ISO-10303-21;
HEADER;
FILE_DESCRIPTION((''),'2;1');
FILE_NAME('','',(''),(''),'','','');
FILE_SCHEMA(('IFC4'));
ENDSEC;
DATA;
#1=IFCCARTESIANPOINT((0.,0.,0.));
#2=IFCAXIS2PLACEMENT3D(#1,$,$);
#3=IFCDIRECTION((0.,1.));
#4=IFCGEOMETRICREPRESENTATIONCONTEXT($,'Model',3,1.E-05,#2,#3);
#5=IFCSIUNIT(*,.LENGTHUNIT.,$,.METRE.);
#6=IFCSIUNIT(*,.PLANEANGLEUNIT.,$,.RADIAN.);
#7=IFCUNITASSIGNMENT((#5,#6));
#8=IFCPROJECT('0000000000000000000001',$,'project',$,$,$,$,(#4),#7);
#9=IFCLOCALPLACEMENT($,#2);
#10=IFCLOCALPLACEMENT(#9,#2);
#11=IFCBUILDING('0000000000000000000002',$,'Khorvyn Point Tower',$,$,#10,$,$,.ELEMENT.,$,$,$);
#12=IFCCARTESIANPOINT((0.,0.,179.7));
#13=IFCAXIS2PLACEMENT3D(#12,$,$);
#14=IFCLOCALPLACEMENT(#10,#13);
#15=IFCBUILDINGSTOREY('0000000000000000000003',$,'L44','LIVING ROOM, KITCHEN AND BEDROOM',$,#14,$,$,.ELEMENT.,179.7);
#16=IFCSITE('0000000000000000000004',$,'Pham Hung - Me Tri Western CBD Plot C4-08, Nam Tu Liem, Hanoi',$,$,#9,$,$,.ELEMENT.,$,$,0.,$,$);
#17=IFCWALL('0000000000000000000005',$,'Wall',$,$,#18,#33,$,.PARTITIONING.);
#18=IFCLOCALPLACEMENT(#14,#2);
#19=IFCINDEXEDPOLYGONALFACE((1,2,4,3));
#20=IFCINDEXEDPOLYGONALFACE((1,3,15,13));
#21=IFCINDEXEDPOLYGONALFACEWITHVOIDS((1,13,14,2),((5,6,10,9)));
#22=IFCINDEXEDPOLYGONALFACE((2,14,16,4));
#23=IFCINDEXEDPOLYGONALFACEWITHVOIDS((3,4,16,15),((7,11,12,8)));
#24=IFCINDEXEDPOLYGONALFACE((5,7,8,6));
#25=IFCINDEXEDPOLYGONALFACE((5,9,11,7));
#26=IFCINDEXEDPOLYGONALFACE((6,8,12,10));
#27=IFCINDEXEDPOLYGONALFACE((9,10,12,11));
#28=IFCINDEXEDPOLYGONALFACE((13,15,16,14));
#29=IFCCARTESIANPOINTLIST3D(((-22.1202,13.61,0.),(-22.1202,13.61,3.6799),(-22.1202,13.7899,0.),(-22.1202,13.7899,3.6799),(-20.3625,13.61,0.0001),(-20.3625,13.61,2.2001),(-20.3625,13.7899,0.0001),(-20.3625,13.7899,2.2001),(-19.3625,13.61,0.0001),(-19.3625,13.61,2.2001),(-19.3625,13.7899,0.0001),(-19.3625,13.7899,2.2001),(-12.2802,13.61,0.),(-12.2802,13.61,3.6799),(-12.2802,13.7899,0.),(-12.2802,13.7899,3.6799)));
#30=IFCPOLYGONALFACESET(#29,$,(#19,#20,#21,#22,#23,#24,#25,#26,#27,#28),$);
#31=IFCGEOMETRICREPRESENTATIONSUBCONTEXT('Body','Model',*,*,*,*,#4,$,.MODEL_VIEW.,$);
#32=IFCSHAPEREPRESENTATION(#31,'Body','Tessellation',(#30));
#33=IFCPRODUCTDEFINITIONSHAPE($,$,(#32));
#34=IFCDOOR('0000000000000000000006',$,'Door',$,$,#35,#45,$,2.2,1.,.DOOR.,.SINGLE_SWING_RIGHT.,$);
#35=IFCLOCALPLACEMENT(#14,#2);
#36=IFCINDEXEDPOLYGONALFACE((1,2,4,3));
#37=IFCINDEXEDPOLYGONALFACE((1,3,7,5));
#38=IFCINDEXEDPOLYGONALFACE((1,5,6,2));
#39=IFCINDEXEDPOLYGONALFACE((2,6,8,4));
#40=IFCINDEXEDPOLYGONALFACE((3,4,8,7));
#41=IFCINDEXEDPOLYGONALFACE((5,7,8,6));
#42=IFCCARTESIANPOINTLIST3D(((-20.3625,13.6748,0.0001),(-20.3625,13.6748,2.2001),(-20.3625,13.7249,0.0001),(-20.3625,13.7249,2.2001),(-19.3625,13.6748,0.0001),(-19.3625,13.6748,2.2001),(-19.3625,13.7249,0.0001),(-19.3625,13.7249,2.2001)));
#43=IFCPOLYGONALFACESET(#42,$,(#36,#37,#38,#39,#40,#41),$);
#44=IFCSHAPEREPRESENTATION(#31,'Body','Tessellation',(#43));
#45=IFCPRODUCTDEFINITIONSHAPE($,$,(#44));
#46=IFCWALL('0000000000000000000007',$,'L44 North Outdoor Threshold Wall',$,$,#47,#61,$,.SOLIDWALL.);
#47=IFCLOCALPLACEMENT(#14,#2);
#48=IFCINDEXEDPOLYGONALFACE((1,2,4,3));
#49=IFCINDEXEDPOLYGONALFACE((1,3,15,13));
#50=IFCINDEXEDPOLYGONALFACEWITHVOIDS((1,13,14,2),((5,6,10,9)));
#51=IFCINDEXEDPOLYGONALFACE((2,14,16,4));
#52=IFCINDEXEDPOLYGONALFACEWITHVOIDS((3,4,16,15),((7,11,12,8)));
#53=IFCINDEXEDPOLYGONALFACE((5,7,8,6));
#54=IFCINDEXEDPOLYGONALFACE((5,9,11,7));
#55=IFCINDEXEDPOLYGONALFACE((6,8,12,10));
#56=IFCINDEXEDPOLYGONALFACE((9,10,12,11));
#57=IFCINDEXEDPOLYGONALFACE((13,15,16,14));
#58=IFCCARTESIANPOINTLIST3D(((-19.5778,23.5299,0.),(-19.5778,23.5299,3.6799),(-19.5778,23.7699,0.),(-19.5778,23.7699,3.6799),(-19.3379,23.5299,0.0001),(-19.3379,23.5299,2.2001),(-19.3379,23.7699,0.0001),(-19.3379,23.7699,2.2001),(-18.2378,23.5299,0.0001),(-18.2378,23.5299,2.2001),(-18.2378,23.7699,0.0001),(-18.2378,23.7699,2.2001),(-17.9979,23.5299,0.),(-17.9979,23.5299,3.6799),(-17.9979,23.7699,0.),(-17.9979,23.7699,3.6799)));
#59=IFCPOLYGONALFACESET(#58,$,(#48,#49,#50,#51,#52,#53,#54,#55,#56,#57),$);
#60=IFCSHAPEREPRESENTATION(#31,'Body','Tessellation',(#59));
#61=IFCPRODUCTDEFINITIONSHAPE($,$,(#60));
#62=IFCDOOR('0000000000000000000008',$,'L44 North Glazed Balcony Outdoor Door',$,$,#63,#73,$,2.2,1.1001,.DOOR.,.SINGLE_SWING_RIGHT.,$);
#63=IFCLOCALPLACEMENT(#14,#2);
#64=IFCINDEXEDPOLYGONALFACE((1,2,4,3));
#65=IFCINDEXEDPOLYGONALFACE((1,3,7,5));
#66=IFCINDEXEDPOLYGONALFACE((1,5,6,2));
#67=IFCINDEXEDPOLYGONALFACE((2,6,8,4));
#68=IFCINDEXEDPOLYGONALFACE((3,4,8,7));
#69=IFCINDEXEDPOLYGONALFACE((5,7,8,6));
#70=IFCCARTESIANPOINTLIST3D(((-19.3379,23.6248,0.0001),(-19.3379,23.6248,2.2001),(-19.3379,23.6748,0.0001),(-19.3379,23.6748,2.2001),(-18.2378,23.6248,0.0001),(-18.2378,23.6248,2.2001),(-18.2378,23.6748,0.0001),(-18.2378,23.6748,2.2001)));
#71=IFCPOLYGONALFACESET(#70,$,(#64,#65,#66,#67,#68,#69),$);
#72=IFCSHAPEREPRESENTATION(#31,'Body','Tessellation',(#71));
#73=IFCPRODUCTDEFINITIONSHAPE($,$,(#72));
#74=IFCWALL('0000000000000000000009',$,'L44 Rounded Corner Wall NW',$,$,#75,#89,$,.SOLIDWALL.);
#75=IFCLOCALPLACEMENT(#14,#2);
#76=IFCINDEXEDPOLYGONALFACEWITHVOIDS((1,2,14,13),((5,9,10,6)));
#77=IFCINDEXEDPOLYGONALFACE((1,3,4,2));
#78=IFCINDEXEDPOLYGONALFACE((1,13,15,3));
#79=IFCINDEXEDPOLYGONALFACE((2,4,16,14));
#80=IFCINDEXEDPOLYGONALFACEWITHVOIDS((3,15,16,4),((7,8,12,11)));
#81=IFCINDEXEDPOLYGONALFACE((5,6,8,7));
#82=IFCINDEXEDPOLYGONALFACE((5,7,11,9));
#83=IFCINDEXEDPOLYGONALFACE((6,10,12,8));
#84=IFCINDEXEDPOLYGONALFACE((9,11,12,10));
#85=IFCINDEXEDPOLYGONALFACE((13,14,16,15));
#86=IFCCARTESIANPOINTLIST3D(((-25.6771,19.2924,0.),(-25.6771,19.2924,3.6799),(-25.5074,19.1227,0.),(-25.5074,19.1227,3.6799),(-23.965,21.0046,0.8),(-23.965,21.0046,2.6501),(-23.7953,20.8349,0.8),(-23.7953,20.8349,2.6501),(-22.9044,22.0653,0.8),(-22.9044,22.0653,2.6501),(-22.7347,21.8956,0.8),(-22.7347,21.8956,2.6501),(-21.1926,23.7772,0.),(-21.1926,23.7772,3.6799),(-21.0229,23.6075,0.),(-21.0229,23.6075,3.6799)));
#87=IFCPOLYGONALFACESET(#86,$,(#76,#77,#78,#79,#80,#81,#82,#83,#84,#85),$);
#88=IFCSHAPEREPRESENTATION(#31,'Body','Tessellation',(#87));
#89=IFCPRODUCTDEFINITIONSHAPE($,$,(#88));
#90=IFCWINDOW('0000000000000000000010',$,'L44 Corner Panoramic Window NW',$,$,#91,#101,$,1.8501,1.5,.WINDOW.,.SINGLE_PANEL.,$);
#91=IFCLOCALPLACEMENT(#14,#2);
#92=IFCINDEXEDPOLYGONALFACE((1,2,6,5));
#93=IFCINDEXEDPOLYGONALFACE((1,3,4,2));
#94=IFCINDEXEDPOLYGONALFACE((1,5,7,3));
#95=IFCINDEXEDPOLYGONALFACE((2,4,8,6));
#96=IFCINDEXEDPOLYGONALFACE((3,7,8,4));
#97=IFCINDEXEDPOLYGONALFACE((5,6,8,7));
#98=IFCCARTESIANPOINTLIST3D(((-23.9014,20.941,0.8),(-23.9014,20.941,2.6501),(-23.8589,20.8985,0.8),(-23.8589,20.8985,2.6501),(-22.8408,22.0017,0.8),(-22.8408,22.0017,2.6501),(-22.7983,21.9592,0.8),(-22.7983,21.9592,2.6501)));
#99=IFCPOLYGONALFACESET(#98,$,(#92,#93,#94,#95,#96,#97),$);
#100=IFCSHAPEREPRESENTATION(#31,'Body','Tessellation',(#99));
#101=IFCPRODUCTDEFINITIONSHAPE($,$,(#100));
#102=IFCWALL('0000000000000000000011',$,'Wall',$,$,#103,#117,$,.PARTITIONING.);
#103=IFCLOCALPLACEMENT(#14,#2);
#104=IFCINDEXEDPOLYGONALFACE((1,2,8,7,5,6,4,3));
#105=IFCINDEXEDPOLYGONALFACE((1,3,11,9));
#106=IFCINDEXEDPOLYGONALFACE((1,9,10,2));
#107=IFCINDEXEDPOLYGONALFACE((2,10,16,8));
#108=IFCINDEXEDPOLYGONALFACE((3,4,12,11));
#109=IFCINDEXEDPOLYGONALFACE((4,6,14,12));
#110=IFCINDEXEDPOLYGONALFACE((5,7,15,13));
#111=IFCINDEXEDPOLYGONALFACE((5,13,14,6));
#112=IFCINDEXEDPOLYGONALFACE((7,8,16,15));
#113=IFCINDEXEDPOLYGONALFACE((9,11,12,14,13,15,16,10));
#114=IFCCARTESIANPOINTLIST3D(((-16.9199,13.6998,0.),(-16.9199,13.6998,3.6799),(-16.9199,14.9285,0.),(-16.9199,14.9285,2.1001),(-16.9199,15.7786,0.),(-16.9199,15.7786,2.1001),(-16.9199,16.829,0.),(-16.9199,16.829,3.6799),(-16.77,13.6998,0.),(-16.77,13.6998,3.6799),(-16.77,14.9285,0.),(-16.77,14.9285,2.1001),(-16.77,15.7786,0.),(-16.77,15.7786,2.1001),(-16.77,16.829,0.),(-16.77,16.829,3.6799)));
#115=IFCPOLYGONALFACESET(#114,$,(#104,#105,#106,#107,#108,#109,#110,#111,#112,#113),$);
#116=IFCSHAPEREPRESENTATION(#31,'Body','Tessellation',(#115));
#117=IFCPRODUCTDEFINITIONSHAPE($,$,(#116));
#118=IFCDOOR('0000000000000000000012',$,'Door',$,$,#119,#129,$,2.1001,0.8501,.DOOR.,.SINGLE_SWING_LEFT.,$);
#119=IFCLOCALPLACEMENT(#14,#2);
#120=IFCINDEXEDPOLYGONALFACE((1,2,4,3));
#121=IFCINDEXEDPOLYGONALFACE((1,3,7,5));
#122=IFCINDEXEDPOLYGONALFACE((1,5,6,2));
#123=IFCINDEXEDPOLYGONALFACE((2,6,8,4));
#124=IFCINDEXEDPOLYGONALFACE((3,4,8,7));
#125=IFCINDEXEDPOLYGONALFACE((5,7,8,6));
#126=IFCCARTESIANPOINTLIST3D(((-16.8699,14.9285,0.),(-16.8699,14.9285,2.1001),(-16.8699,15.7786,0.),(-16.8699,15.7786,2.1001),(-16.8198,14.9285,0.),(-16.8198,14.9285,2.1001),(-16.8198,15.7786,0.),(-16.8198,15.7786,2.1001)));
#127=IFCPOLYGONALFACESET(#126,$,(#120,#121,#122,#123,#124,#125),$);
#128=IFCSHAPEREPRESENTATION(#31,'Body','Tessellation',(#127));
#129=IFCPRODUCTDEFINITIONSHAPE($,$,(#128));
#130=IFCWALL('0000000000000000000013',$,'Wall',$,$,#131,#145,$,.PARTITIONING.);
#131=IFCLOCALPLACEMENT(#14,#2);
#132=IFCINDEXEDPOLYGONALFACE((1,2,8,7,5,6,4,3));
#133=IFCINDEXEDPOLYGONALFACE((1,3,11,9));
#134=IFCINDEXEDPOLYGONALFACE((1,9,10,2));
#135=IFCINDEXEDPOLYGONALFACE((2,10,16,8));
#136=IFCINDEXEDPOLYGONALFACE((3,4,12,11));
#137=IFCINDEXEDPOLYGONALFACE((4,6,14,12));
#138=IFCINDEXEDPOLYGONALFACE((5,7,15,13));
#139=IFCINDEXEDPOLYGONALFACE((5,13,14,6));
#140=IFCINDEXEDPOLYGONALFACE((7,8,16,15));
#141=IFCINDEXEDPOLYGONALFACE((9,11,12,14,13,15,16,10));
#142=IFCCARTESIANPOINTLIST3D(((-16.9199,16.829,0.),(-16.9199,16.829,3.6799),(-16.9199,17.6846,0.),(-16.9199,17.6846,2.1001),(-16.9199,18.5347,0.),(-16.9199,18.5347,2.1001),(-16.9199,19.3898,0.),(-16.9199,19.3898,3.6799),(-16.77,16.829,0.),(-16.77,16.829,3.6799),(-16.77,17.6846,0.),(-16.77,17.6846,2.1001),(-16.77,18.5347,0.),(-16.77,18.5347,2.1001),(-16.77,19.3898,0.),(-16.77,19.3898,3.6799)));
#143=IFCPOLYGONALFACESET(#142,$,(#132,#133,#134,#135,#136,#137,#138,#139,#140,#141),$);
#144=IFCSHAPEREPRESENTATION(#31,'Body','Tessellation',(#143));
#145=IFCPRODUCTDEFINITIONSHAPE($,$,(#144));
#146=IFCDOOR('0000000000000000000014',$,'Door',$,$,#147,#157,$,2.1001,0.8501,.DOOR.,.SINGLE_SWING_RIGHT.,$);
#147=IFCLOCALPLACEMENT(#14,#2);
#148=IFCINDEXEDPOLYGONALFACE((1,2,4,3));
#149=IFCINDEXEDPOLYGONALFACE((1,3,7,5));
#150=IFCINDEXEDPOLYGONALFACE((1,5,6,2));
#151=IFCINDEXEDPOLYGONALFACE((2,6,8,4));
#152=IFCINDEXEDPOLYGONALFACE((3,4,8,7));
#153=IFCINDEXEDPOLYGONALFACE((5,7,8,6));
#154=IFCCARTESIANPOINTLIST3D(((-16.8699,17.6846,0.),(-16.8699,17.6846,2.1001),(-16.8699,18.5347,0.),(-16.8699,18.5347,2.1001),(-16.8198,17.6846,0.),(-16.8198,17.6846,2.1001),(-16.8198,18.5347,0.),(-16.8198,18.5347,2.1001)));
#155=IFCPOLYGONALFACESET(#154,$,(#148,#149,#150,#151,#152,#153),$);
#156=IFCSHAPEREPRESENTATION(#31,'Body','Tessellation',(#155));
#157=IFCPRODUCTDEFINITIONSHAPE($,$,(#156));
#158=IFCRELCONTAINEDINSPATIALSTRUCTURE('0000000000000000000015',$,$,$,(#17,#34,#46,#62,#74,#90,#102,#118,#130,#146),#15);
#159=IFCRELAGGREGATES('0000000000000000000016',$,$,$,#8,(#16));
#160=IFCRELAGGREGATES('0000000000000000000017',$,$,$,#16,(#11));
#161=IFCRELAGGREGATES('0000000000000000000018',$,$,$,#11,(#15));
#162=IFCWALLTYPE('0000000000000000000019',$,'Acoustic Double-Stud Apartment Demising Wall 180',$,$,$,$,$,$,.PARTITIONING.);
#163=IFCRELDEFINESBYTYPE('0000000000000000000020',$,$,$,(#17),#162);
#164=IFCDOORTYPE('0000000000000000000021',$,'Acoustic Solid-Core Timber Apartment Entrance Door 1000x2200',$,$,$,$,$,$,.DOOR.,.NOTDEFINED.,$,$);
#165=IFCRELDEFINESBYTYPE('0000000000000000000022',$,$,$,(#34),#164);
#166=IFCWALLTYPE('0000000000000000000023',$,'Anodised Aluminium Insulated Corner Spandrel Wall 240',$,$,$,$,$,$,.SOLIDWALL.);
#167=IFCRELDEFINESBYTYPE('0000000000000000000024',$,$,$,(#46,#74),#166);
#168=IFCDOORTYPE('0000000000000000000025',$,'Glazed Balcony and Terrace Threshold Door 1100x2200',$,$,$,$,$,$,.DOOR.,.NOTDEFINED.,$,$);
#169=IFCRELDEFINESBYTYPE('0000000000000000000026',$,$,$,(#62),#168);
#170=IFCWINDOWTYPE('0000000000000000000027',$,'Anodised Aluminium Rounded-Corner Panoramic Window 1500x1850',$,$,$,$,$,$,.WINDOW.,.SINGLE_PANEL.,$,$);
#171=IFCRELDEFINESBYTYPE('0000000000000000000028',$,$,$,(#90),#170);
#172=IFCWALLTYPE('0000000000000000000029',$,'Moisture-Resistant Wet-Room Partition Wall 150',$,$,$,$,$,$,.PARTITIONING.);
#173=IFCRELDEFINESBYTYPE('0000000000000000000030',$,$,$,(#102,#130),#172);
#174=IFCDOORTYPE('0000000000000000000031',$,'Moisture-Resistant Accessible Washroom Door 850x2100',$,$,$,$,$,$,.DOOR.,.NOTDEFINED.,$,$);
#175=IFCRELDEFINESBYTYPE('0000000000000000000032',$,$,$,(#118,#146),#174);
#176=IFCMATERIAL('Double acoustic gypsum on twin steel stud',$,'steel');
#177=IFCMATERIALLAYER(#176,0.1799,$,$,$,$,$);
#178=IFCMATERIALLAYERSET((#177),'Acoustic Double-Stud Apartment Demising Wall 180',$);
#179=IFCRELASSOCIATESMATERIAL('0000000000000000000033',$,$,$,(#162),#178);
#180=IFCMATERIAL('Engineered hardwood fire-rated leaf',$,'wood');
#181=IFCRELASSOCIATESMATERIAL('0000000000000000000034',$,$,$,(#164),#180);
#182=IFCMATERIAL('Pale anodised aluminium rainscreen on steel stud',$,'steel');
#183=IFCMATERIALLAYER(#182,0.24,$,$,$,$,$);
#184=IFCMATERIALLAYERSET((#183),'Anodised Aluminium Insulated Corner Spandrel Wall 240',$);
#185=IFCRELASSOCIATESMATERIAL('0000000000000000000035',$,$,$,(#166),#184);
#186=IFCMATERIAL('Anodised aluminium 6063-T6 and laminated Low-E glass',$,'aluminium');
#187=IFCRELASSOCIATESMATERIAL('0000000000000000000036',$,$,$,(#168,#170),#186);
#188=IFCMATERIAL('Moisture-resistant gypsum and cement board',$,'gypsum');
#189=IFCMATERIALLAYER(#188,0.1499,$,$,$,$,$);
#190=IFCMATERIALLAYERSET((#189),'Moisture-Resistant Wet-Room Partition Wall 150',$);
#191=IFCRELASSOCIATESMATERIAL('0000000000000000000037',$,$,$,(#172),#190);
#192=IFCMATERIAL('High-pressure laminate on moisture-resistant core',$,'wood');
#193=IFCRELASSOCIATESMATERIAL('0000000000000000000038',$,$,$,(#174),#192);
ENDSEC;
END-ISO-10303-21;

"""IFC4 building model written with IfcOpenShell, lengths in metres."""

from ifc_helpers import new_model, si_unit, direction, frame, frame_2d, origin, place, context, subcontext, project, spatial, rectangle, extrude, material, layer, layer_set, type_object, element, fill, save


model = new_model("IFC4")

# Units and contexts
model_context = context("Model", 3, precision=1e-05, world=origin(), true_north=direction((0.0, 1.0)))
body_context = subcontext(model_context, "Body", "Model", "MODEL_VIEW")
ifc_project = project(units=[si_unit("LENGTHUNIT", "METRE"), si_unit("PLANEANGLEUNIT", "RADIAN")], contexts=[model_context])

# Site, building, storey
site_placement = place(None, origin())
site = spatial("IfcSite", under=ifc_project, at=site_placement, Name="Pham Hung - Me Tri Western CBD Plot C4-08, Nam Tu Liem, Hanoi", CompositionType="ELEMENT", RefElevation=0.0)
building_placement = place(site_placement, origin())
building = spatial("IfcBuilding", under=site, at=building_placement, Name="Khorvyn Point Tower", CompositionType="ELEMENT")
storey_placement = place(building_placement, frame((0.0, 0.0, 179.7)))
storey = spatial("IfcBuildingStorey", under=building, at=storey_placement, Name="L44", Description="LIVING ROOM, KITCHEN AND BEDROOM", CompositionType="ELEMENT", Elevation=179.7)

# Shared definitions
ifc_material_1 = material(Name="Anodised aluminium 6063-T6 and laminated Low-E glass", Category="aluminium")

# Walls, openings, doors
ifc_material_2 = material(Name="Double acoustic gypsum on twin steel stud", Category="steel")
ifc_layer_1 = layer(ifc_material_2, 0.1799)
ifc_layer_set_1 = layer_set([ifc_layer_1], Name="Acoustic Double-Stud Apartment Demising Wall 180")
wall_type_1 = type_object("IfcWallType", Name="Acoustic Double-Stud Apartment Demising Wall 180", PredefinedType="PARTITIONING", material=ifc_layer_set_1)
wall_1_placement = place(storey_placement, frame((-22.1201, 13.7, 0.0), z_axis=(0.0, 0.0, 1.0), x_axis=(1.0, 0.0, 0.0)))
wall_1 = element("IfcWall", 1, at=wall_1_placement, inside=storey, type_object=wall_type_1, Name="Wall", PredefinedType="PARTITIONING", context=body_context, shape_type="SweptSolid", body=[
    extrude(rectangle(XDim=9.8401, YDim=0.1799, at=frame_2d((4.9199, 0.0))), origin(), (0.0, 0.0, 1.0), 3.6799),
])
opening_1_placement = place(wall_1_placement, frame((1.7576, 0.0, 0.0)))
opening_1 = element("IfcOpeningElement", 2, at=opening_1_placement, cuts=wall_1, PredefinedType="OPENING", context=body_context, shape_type="SweptSolid", body=[
    extrude(rectangle(XDim=1.0, YDim=2.2, at=frame_2d((0.5, 1.1001))), frame((0.0, 0.0999, 0.0), z_axis=(0.0, -1.0, 0.0), x_axis=(1.0, 0.0, 0.0)), (0.0, 0.0, 1.0), 0.2),
])
ifc_material_3 = material(Name="Engineered hardwood fire-rated leaf", Category="wood")
door_type_1 = type_object("IfcDoorType", Name="Acoustic Solid-Core Timber Apartment Entrance Door 1000x2200", OperationType="NOTDEFINED", PredefinedType="DOOR", material=ifc_material_3)
door_1_placement = place(opening_1_placement, origin())
door_1 = element("IfcDoor", 3, at=door_1_placement, inside=storey, type_object=door_type_1, Name="Door", OperationType="SINGLE_SWING_RIGHT", OverallHeight=2.2, OverallWidth=1.0, PredefinedType="DOOR", context=body_context, shape_type="SweptSolid", body=[
    extrude(rectangle(XDim=1.0, YDim=2.2, at=frame_2d((0.5, 1.1001))), frame((0.0, 0.0249, 0.0), z_axis=(0.0, -1.0, 0.0), x_axis=(1.0, 0.0, 0.0)), (0.0, 0.0, 1.0), 0.05),
])
fill(opening_1, door_1)
ifc_material_4 = material(Name="Pale anodised aluminium rainscreen on steel stud", Category="steel")
ifc_layer_2 = layer(ifc_material_4, 0.24)
ifc_layer_set_2 = layer_set([ifc_layer_2], Name="Anodised Aluminium Insulated Corner Spandrel Wall 240")
wall_type_2 = type_object("IfcWallType", Name="Anodised Aluminium Insulated Corner Spandrel Wall 240", PredefinedType="SOLIDWALL", material=ifc_layer_set_2)
wall_2_placement = place(storey_placement, frame((-19.5779, 23.6499, 0.0), z_axis=(0.0, 0.0, 1.0), x_axis=(1.0, 0.0, 0.0)))
wall_2 = element("IfcWall", 4, at=wall_2_placement, inside=storey, type_object=wall_type_2, Name="L44 North Outdoor Threshold Wall", PredefinedType="SOLIDWALL", context=body_context, shape_type="SweptSolid", body=[
    extrude(rectangle(XDim=1.5798, YDim=0.24, at=frame_2d((0.79, 0.0))), origin(), (0.0, 0.0, 1.0), 3.6799),
])
opening_2_placement = place(wall_2_placement, frame((0.24, 0.0, 0.0)))
opening_2 = element("IfcOpeningElement", 5, at=opening_2_placement, cuts=wall_2, PredefinedType="OPENING", context=body_context, shape_type="SweptSolid", body=[
    extrude(rectangle(XDim=1.1001, YDim=2.2, at=frame_2d((0.55, 1.1001))), frame((0.0, 0.1299, 0.0), z_axis=(0.0, -1.0, 0.0), x_axis=(1.0, 0.0, 0.0)), (0.0, 0.0, 1.0), 0.26),
])
door_type_2 = type_object("IfcDoorType", Name="Glazed Balcony and Terrace Threshold Door 1100x2200", OperationType="NOTDEFINED", PredefinedType="DOOR", material=ifc_material_1)
door_2_placement = place(opening_2_placement, origin())
door_2 = element("IfcDoor", 6, at=door_2_placement, inside=storey, type_object=door_type_2, Name="L44 North Glazed Balcony Outdoor Door", OperationType="SINGLE_SWING_RIGHT", OverallHeight=2.2, OverallWidth=1.1001, PredefinedType="DOOR", context=body_context, shape_type="SweptSolid", body=[
    extrude(rectangle(XDim=1.1001, YDim=2.2, at=frame_2d((0.55, 1.1001))), frame((0.0, 0.0249, 0.0), z_axis=(0.0, -1.0, 0.0), x_axis=(1.0, 0.0, 0.0)), (0.0, 0.0, 1.0), 0.05),
])
fill(opening_2, door_2)

# Wall, opening, window
wall_3_placement = place(storey_placement, frame((-25.5923, 19.2075, 0.0), z_axis=(0.0, 0.0, 1.0), x_axis=(0.707088, 0.707126, 0.0)))
wall_3 = element("IfcWall", 7, at=wall_3_placement, inside=storey, type_object=wall_type_2, Name="L44 Rounded Corner Wall NW", PredefinedType="SOLIDWALL", context=body_context, shape_type="SweptSolid", body=[
    extrude(rectangle(XDim=6.3423, YDim=0.24, at=frame_2d((3.1711, 0.0))), origin(), (0.0, 0.0, 1.0), 3.6799),
])
opening_3_placement = place(wall_3_placement, frame((2.4214, 0.0, 0.8)))
opening_3 = element("IfcOpeningElement", 8, at=opening_3_placement, cuts=wall_3, PredefinedType="OPENING", context=body_context, shape_type="SweptSolid", body=[
    extrude(rectangle(XDim=1.5, YDim=1.8501, at=frame_2d((0.75, 0.925))), frame((0.0, 0.1299, 0.0), z_axis=(0.0, -1.0, 0.0), x_axis=(1.0, 0.0, 0.0)), (0.0, 0.0, 1.0), 0.26),
])
window_type = type_object("IfcWindowType", Name="Anodised Aluminium Rounded-Corner Panoramic Window 1500x1850", PartitioningType="SINGLE_PANEL", PredefinedType="WINDOW", material=ifc_material_1)
window_placement = place(opening_3_placement, origin())
window = element("IfcWindow", 9, at=window_placement, inside=storey, type_object=window_type, Name="L44 Corner Panoramic Window NW", OverallHeight=1.8501, OverallWidth=1.5, PartitioningType="SINGLE_PANEL", PredefinedType="WINDOW", context=body_context, shape_type="SweptSolid", body=[
    extrude(rectangle(XDim=1.5, YDim=1.8501, at=frame_2d((0.75, 0.925))), frame((0.0, 0.03, 0.0), z_axis=(0.0, -1.0, 0.0), x_axis=(1.0, 0.0, 0.0)), (0.0, 0.0, 1.0), 0.0601),
])
fill(opening_3, window)

# Walls, openings, doors
ifc_material_5 = material(Name="Moisture-resistant gypsum and cement board", Category="gypsum")
ifc_layer_3 = layer(ifc_material_5, 0.1499)
ifc_layer_set_3 = layer_set([ifc_layer_3], Name="Moisture-Resistant Wet-Room Partition Wall 150")
wall_type_3 = type_object("IfcWallType", Name="Moisture-Resistant Wet-Room Partition Wall 150", PredefinedType="PARTITIONING", material=ifc_layer_set_3)
wall_4_placement = place(storey_placement, frame((-16.845, 13.7, 0.0), z_axis=(0.0, 0.0, 1.0), x_axis=(0.0, 1.0, 0.0)))
wall_4 = element("IfcWall", 10, at=wall_4_placement, inside=storey, type_object=wall_type_3, Name="Wall", PredefinedType="PARTITIONING", context=body_context, shape_type="SweptSolid", body=[
    extrude(rectangle(XDim=3.1292, YDim=0.1499, at=frame_2d((1.5645, 0.0))), origin(), (0.0, 0.0, 1.0), 3.6799),
])
opening_4_placement = place(wall_4_placement, frame((1.2285, 0.0, 0.0)))
opening_4 = element("IfcOpeningElement", 11, at=opening_4_placement, cuts=wall_4, PredefinedType="OPENING", context=body_context, shape_type="SweptSolid", body=[
    extrude(rectangle(XDim=0.8501, YDim=2.1001, at=frame_2d((0.425, 1.05))), frame((0.0, 0.085, 0.0), z_axis=(0.0, -1.0, 0.0), x_axis=(1.0, 0.0, 0.0)), (0.0, 0.0, 1.0), 0.1699),
])
ifc_material_6 = material(Name="High-pressure laminate on moisture-resistant core", Category="wood")
door_type_3 = type_object("IfcDoorType", Name="Moisture-Resistant Accessible Washroom Door 850x2100", OperationType="NOTDEFINED", PredefinedType="DOOR", material=ifc_material_6)
door_3_placement = place(opening_4_placement, origin())
door_3 = element("IfcDoor", 12, at=door_3_placement, inside=storey, type_object=door_type_3, Name="Door", OperationType="SINGLE_SWING_LEFT", OverallHeight=2.1001, OverallWidth=0.8501, PredefinedType="DOOR", context=body_context, shape_type="SweptSolid", body=[
    extrude(rectangle(XDim=0.8501, YDim=2.1001, at=frame_2d((0.425, 1.05))), frame((0.0, 0.0249, 0.0), z_axis=(0.0, -1.0, 0.0), x_axis=(1.0, 0.0, 0.0)), (0.0, 0.0, 1.0), 0.05),
])
fill(opening_4, door_3)
wall_5_placement = place(storey_placement, frame((-16.845, 16.8291, 0.0), z_axis=(0.0, 0.0, 1.0), x_axis=(0.0, 1.0, 0.0)))
wall_5 = element("IfcWall", 13, at=wall_5_placement, inside=storey, type_object=wall_type_3, Name="Wall", PredefinedType="PARTITIONING", context=body_context, shape_type="SweptSolid", body=[
    extrude(rectangle(XDim=2.5608, YDim=0.1499, at=frame_2d((1.2803, 0.0))), origin(), (0.0, 0.0, 1.0), 3.6799),
])
opening_5_placement = place(wall_5_placement, frame((0.8555, 0.0, 0.0)))
opening_5 = element("IfcOpeningElement", 14, at=opening_5_placement, cuts=wall_5, PredefinedType="OPENING", context=body_context, shape_type="SweptSolid", body=[
    extrude(rectangle(XDim=0.8501, YDim=2.1001, at=frame_2d((0.425, 1.05))), frame((0.0, 0.085, 0.0), z_axis=(0.0, -1.0, 0.0), x_axis=(1.0, 0.0, 0.0)), (0.0, 0.0, 1.0), 0.1699),
])
door_4_placement = place(opening_5_placement, origin())
door_4 = element("IfcDoor", 15, at=door_4_placement, inside=storey, type_object=door_type_3, Name="Door", OperationType="SINGLE_SWING_RIGHT", OverallHeight=2.1001, OverallWidth=0.8501, PredefinedType="DOOR", context=body_context, shape_type="SweptSolid", body=[
    extrude(rectangle(XDim=0.8501, YDim=2.1001, at=frame_2d((0.425, 1.05))), frame((0.0, 0.0249, 0.0), z_axis=(0.0, -1.0, 0.0), x_axis=(1.0, 0.0, 0.0)), (0.0, 0.0, 1.0), 0.05),
])
fill(opening_5, door_4)

save(model, "model.ifc")
